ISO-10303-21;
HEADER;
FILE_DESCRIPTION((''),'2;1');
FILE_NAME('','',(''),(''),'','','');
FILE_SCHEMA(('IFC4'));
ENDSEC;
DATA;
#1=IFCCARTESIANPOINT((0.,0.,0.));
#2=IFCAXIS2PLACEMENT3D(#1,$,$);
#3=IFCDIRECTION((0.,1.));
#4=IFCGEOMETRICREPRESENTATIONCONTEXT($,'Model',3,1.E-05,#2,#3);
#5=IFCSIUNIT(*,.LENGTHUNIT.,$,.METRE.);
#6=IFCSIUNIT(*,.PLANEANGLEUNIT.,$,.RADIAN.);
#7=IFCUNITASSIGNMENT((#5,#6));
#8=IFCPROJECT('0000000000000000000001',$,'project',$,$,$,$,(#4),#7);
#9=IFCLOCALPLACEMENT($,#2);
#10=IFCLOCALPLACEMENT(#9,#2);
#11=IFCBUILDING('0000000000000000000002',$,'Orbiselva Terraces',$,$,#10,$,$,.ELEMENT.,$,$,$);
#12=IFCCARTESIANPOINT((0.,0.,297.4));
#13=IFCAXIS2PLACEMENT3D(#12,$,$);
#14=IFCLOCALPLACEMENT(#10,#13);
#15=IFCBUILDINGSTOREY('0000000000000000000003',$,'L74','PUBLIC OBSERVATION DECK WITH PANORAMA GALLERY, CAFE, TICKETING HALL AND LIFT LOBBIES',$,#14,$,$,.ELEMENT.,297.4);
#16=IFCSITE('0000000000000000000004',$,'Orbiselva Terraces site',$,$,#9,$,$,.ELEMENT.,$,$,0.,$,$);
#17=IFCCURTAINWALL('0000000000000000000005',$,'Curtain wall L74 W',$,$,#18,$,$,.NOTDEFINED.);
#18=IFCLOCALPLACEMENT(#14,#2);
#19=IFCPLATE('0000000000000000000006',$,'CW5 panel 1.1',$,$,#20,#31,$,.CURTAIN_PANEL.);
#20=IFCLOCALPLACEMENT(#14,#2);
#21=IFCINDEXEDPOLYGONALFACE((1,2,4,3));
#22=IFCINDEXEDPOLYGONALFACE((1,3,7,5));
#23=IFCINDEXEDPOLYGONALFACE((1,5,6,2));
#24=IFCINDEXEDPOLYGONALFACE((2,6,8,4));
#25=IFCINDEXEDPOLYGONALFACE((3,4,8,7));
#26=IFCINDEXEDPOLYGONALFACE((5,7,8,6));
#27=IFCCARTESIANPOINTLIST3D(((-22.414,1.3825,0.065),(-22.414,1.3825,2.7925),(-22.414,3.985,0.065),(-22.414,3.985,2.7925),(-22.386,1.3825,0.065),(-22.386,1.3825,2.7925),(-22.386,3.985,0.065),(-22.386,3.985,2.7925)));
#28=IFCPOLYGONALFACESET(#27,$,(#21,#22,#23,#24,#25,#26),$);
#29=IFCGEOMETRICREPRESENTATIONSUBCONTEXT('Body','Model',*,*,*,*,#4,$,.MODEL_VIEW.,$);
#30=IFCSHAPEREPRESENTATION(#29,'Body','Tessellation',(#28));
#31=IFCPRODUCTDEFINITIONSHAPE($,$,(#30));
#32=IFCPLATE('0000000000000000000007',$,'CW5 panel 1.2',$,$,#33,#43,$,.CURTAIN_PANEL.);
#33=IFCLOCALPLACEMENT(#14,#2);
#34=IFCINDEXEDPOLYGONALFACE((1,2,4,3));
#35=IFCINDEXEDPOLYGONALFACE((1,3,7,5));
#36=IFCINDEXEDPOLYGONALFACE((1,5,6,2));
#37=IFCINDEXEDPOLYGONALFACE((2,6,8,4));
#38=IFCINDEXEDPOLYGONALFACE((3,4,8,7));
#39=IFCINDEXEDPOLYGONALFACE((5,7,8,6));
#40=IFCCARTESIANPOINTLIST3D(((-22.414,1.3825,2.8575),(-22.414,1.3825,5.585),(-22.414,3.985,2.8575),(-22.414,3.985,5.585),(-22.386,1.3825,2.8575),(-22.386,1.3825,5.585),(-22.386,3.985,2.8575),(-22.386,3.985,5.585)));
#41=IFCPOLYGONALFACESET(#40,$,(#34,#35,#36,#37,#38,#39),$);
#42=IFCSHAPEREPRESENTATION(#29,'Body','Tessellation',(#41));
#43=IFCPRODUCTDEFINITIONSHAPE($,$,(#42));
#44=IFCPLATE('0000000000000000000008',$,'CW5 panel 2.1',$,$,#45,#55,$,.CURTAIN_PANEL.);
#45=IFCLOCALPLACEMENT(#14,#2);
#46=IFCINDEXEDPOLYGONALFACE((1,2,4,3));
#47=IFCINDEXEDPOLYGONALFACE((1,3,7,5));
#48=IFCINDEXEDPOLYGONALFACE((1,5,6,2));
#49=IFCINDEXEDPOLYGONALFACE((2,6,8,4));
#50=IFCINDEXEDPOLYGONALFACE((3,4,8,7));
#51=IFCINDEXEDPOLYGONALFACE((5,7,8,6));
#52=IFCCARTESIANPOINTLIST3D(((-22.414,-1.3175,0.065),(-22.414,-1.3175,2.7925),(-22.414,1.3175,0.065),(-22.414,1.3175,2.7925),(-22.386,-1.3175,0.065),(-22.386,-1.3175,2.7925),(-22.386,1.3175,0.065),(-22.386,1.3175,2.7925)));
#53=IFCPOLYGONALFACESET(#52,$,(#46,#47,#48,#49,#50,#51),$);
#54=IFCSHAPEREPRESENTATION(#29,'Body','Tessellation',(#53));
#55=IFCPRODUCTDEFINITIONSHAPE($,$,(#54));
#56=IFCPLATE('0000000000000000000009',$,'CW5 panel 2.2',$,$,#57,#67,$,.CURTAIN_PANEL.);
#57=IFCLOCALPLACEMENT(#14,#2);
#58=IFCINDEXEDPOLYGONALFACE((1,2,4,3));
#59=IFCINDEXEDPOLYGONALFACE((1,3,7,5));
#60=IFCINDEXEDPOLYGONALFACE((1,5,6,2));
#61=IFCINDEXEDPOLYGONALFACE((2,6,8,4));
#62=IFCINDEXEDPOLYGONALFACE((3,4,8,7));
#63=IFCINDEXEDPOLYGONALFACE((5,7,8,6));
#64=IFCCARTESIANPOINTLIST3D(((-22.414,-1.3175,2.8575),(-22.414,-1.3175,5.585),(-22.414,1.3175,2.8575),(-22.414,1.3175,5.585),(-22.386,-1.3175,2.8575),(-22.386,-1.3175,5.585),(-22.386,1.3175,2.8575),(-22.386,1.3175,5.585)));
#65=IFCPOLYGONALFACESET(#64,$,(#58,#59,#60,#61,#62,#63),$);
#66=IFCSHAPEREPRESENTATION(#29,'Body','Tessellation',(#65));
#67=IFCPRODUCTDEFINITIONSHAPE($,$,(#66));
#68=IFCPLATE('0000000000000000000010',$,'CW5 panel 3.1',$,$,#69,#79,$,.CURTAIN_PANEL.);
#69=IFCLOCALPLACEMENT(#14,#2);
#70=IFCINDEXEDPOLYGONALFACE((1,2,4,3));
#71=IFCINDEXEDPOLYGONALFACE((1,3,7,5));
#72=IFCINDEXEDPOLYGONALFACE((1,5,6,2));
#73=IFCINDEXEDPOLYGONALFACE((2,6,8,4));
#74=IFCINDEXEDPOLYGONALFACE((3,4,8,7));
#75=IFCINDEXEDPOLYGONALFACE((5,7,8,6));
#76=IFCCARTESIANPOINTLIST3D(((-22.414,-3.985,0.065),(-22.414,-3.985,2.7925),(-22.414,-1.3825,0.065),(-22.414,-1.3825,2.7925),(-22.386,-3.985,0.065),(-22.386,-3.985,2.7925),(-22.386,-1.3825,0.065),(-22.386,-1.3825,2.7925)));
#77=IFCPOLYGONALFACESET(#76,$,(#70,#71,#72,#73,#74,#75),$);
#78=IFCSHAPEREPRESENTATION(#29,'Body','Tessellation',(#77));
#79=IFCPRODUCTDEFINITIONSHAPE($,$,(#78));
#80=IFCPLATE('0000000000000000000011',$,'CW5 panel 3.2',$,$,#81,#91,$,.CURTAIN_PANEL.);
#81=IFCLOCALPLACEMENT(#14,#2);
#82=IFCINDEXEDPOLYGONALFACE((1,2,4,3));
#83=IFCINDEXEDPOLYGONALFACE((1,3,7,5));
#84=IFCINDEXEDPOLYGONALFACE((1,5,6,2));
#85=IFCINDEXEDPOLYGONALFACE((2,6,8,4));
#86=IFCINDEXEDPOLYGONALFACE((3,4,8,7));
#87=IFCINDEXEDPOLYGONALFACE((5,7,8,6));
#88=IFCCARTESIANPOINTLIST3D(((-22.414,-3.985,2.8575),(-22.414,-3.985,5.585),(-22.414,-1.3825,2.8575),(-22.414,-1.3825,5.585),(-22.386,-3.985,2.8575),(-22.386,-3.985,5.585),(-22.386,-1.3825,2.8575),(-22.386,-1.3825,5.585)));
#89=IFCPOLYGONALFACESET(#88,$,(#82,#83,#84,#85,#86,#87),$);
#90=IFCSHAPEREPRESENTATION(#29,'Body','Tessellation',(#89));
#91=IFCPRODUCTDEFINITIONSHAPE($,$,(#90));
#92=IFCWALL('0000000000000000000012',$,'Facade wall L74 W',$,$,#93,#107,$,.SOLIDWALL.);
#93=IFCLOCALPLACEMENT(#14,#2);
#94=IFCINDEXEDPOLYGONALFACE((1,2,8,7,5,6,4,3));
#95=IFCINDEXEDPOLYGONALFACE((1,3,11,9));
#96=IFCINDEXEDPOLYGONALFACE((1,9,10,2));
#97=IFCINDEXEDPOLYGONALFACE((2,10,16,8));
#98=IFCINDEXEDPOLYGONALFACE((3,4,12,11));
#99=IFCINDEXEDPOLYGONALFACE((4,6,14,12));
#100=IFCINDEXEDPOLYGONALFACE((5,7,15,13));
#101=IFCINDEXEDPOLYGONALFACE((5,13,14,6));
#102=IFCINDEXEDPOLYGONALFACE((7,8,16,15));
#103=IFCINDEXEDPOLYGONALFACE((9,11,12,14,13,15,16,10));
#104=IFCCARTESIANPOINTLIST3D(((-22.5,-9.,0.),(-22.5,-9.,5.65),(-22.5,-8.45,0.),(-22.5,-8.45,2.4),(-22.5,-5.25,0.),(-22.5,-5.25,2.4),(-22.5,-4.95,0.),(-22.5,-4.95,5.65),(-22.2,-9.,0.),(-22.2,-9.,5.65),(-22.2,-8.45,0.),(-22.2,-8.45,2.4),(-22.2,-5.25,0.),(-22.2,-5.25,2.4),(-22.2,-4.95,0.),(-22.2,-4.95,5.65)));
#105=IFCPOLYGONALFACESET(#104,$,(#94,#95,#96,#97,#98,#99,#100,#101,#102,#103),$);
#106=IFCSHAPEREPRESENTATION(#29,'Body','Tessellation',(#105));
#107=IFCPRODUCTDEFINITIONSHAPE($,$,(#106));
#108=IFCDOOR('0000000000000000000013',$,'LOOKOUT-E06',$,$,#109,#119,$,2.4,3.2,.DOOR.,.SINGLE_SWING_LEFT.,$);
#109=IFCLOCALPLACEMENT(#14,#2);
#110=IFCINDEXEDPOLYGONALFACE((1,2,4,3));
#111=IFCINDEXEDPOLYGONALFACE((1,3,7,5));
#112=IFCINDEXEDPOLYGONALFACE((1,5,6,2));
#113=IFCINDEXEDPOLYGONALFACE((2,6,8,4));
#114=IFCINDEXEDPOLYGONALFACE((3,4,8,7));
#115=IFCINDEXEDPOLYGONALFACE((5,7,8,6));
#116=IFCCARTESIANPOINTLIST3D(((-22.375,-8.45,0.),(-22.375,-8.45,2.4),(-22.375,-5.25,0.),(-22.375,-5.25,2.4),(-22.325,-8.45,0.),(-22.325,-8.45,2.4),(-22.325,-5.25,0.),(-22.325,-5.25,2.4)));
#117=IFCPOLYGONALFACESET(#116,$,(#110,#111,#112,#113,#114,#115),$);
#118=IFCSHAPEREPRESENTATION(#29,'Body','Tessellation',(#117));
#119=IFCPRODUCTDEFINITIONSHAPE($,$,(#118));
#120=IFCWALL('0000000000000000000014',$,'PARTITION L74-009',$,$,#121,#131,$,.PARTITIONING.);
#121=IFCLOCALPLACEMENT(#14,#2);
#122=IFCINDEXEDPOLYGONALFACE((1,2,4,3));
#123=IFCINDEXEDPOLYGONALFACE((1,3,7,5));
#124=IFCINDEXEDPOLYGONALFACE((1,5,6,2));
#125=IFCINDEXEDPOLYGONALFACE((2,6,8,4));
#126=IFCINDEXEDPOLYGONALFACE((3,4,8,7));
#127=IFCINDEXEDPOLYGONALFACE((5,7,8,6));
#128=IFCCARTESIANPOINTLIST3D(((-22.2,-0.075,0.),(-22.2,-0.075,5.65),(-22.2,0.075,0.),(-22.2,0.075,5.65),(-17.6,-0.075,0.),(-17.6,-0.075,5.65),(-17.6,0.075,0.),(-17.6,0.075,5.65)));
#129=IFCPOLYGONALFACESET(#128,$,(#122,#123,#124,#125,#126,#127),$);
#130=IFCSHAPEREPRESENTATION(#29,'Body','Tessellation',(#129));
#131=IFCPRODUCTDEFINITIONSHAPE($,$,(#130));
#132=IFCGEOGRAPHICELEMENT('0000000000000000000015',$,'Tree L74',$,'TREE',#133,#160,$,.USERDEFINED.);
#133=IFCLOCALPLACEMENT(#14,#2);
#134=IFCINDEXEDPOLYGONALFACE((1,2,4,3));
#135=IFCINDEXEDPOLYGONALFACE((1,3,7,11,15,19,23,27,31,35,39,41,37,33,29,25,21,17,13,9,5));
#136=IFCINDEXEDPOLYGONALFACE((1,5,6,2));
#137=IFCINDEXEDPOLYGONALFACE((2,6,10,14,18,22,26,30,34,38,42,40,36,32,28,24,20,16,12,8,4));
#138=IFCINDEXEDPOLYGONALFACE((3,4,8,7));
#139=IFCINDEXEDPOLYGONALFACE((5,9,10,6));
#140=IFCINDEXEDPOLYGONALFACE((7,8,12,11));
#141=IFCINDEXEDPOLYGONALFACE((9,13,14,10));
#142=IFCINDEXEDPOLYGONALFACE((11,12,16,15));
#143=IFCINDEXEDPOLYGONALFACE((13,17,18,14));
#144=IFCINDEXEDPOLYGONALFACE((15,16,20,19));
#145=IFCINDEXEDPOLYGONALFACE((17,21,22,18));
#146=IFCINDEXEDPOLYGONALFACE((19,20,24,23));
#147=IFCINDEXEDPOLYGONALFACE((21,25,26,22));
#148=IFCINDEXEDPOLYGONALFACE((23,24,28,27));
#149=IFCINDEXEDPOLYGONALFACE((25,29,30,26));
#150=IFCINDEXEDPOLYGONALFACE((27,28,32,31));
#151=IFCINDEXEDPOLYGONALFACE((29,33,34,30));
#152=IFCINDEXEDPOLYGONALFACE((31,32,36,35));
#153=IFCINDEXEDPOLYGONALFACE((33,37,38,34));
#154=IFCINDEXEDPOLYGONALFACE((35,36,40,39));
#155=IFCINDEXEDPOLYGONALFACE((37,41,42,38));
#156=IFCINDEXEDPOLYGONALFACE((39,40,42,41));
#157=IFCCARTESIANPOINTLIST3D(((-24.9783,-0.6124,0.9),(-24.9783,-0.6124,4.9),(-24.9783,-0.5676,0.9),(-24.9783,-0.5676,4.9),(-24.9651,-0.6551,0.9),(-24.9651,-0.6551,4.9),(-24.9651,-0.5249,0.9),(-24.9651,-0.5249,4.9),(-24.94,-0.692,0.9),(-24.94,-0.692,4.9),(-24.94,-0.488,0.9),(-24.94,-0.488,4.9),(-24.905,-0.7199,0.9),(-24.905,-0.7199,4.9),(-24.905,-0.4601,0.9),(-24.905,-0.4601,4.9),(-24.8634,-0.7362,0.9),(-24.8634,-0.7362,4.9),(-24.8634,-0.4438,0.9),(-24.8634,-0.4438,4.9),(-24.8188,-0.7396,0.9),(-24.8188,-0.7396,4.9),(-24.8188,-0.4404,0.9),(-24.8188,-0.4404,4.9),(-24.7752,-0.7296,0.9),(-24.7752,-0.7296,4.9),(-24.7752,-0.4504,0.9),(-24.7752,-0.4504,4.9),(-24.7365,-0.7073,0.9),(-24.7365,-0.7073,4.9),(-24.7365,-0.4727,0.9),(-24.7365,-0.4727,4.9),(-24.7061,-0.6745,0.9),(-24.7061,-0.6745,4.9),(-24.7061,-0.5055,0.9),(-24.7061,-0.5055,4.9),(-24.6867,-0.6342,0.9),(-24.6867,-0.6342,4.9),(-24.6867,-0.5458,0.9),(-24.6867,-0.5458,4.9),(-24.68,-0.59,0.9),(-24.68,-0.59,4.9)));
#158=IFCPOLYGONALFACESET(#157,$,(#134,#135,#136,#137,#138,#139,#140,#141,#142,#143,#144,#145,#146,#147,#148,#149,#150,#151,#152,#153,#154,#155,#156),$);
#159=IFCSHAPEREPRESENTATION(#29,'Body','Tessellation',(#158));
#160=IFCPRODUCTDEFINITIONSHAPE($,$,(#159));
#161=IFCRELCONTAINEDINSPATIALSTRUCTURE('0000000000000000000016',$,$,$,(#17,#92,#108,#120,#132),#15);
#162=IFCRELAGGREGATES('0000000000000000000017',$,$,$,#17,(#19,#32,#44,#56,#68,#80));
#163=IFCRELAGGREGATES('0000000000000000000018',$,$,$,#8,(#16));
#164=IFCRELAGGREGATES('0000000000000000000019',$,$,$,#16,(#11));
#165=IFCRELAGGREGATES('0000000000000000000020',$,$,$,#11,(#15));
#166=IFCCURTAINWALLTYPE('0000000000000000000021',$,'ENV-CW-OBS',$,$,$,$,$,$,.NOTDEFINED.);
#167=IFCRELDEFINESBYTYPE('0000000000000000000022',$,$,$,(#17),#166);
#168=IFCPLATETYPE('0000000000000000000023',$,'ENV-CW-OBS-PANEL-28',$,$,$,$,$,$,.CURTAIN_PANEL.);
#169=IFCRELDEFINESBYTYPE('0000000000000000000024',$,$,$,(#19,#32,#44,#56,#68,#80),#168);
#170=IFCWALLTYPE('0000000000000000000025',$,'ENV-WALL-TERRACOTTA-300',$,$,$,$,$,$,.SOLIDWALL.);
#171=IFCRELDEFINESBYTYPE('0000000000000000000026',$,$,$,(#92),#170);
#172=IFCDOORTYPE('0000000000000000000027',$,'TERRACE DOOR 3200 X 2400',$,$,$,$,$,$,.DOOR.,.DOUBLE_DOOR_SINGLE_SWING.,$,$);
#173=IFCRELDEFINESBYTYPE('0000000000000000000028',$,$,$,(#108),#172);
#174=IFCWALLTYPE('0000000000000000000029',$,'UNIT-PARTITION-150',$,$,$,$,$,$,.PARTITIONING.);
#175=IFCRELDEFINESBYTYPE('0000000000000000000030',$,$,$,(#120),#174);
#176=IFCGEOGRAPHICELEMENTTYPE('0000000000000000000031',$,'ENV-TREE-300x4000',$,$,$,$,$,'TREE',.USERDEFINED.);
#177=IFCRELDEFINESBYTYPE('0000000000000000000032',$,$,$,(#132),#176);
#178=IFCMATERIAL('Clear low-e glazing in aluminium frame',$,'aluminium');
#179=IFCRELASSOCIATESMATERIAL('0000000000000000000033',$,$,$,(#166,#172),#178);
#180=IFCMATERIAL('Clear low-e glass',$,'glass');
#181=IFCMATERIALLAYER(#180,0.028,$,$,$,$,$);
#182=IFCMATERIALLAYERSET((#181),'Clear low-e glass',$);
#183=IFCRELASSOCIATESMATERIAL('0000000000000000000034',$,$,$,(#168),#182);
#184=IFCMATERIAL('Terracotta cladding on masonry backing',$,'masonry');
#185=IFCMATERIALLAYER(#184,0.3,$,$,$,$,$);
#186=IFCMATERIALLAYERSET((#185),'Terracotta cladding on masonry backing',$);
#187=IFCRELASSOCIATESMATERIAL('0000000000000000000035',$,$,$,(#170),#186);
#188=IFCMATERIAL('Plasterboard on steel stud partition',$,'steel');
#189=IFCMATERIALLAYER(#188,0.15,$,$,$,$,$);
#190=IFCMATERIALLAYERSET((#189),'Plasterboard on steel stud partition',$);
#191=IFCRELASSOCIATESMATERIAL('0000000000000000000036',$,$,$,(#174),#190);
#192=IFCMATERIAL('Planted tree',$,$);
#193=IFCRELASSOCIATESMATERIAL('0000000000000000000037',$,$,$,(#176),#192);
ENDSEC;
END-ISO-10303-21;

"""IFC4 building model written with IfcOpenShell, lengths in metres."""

from ifc_helpers import new_model, si_unit, direction, frame, frame_2d, origin, origin_2d, place, context, subcontext, project, spatial, rectangle, circle, extrude, material, layer, layer_set, type_object, element, fill, aggregate, save


model = new_model("IFC4")

# Units and contexts
model_context = context("Model", 3, precision=1e-05, world=origin(), true_north=direction((0.0, 1.0)))
body_context = subcontext(model_context, "Body", "Model", "MODEL_VIEW")
ifc_project = project(units=[si_unit("LENGTHUNIT", "METRE"), si_unit("PLANEANGLEUNIT", "RADIAN")], contexts=[model_context])

# Site, building, storey
site_placement = place(None, origin())
site = spatial("IfcSite", under=ifc_project, at=site_placement, Name="Orbiselva Terraces site", CompositionType="ELEMENT", RefElevation=0.0)
building_placement = place(site_placement, origin())
building = spatial("IfcBuilding", under=site, at=building_placement, Name="Orbiselva Terraces", CompositionType="ELEMENT")
storey_placement = place(building_placement, frame((0.0, 0.0, 297.4)))
storey = spatial("IfcBuildingStorey", under=building, at=storey_placement, Name="L74", Description="PUBLIC OBSERVATION DECK WITH PANORAMA GALLERY, CAFE, TICKETING HALL AND LIFT LOBBIES", CompositionType="ELEMENT", Elevation=297.4)

# Curtain wall
ifc_material_1 = material(Name="Clear low-e glazing in aluminium frame", Category="aluminium")
curtain_wall_type = type_object("IfcCurtainWallType", Name="ENV-CW-OBS", PredefinedType="NOTDEFINED", material=ifc_material_1)
curtain_wall_1_placement = place(storey_placement, origin())
curtain_wall_1 = element("IfcCurtainWall", 1, at=curtain_wall_1_placement, inside=storey, type_object=curtain_wall_type, Name="Curtain wall L74 W", PredefinedType="NOTDEFINED")

# Plates
ifc_material_2 = material(Name="Clear low-e glass", Category="glass")
ifc_layer_1 = layer(ifc_material_2, 0.028)
ifc_layer_set_1 = layer_set([ifc_layer_1], Name="Clear low-e glass")
plate_type = type_object("IfcPlateType", Name="ENV-CW-OBS-PANEL-28", PredefinedType="CURTAIN_PANEL", material=ifc_layer_set_1)
plate_1_placement = place(storey_placement, frame((-22.4, 2.6837, 0.065), z_axis=(0.0, 0.0, 1.0), x_axis=(0.0, -1.0, 0.0)))
plate_1 = element("IfcPlate", 2, at=plate_1_placement, type_object=plate_type, Name="CW5 panel 1.1", PredefinedType="CURTAIN_PANEL", context=body_context, shape_type="SweptSolid", body=[
    extrude(rectangle(XDim=2.6025, YDim=0.028, at=origin_2d()), origin(), (0.0, 0.0, 1.0), 2.7275),
])
plate_2_placement = place(storey_placement, frame((-22.4, 2.6837, 2.8575), z_axis=(0.0, 0.0, 1.0), x_axis=(0.0, -1.0, 0.0)))
plate_2 = element("IfcPlate", 3, at=plate_2_placement, type_object=plate_type, Name="CW5 panel 1.2", PredefinedType="CURTAIN_PANEL", context=body_context, shape_type="SweptSolid", body=[
    extrude(rectangle(XDim=2.6025, YDim=0.028, at=origin_2d()), origin(), (0.0, 0.0, 1.0), 2.7275),
])
plate_3_placement = place(storey_placement, frame((-22.4, 0.0, 0.065), z_axis=(0.0, 0.0, 1.0), x_axis=(0.0, -1.0, 0.0)))
plate_3 = element("IfcPlate", 4, at=plate_3_placement, type_object=plate_type, Name="CW5 panel 2.1", PredefinedType="CURTAIN_PANEL", context=body_context, shape_type="SweptSolid", body=[
    extrude(rectangle(XDim=2.635, YDim=0.028, at=origin_2d()), origin(), (0.0, 0.0, 1.0), 2.7275),
])
plate_4_placement = place(storey_placement, frame((-22.4, 0.0, 2.8575), z_axis=(0.0, 0.0, 1.0), x_axis=(0.0, -1.0, 0.0)))
plate_4 = element("IfcPlate", 5, at=plate_4_placement, type_object=plate_type, Name="CW5 panel 2.2", PredefinedType="CURTAIN_PANEL", context=body_context, shape_type="SweptSolid", body=[
    extrude(rectangle(XDim=2.635, YDim=0.028, at=origin_2d()), origin(), (0.0, 0.0, 1.0), 2.7275),
])
plate_5_placement = place(storey_placement, frame((-22.4, -2.6837, 0.065), z_axis=(0.0, 0.0, 1.0), x_axis=(0.0, -1.0, 0.0)))
plate_5 = element("IfcPlate", 6, at=plate_5_placement, type_object=plate_type, Name="CW5 panel 3.1", PredefinedType="CURTAIN_PANEL", context=body_context, shape_type="SweptSolid", body=[
    extrude(rectangle(XDim=2.6025, YDim=0.028, at=origin_2d()), origin(), (0.0, 0.0, 1.0), 2.7275),
])
plate_6_placement = place(storey_placement, frame((-22.4, -2.6837, 2.8575), z_axis=(0.0, 0.0, 1.0), x_axis=(0.0, -1.0, 0.0)))
plate_6 = element("IfcPlate", 7, at=plate_6_placement, type_object=plate_type, Name="CW5 panel 3.2", PredefinedType="CURTAIN_PANEL", context=body_context, shape_type="SweptSolid", body=[
    extrude(rectangle(XDim=2.6025, YDim=0.028, at=origin_2d()), origin(), (0.0, 0.0, 1.0), 2.7275),
])
aggregate(curtain_wall_1, [plate_1, plate_2, plate_3, plate_4, plate_5, plate_6])

# Wall, opening, door
ifc_material_3 = material(Name="Terracotta cladding on masonry backing", Category="masonry")
ifc_layer_2 = layer(ifc_material_3, 0.3)
ifc_layer_set_2 = layer_set([ifc_layer_2], Name="Terracotta cladding on masonry backing")
wall_type_1 = type_object("IfcWallType", Name="ENV-WALL-TERRACOTTA-300", PredefinedType="SOLIDWALL", material=ifc_layer_set_2)
wall_1_placement = place(storey_placement, frame((-22.35, -9.0, 0.0), z_axis=(0.0, 0.0, 1.0), x_axis=(0.0, 1.0, 0.0)))
wall_1 = element("IfcWall", 8, at=wall_1_placement, inside=storey, type_object=wall_type_1, Name="Facade wall L74 W", PredefinedType="SOLIDWALL", context=body_context, shape_type="SweptSolid", body=[
    extrude(rectangle(XDim=4.05, YDim=0.3, at=frame_2d((2.025, 0.0))), origin(), (0.0, 0.0, 1.0), 5.65),
])
opening_placement = place(wall_1_placement, frame((0.55, 0.0, 0.0)))
opening = element("IfcOpeningElement", 9, at=opening_placement, cuts=wall_1, PredefinedType="OPENING", context=body_context, shape_type="SweptSolid", body=[
    extrude(rectangle(XDim=3.2, YDim=2.4, at=frame_2d((1.6, 1.2))), frame((0.0, 0.16, 0.0), z_axis=(0.0, -1.0, 0.0), x_axis=(1.0, 0.0, 0.0)), (0.0, 0.0, 1.0), 0.32),
])
door_type = type_object("IfcDoorType", Name="TERRACE DOOR 3200 X 2400", OperationType="DOUBLE_DOOR_SINGLE_SWING", PredefinedType="DOOR", material=ifc_material_1)
door_placement = place(opening_placement, origin())
door = element("IfcDoor", 10, at=door_placement, inside=storey, type_object=door_type, Name="LOOKOUT-E06", OperationType="SINGLE_SWING_LEFT", OverallHeight=2.4, OverallWidth=3.2, PredefinedType="DOOR", context=body_context, shape_type="SweptSolid", body=[
    extrude(rectangle(XDim=3.2, YDim=2.4, at=frame_2d((1.6, 1.2))), frame((0.0, 0.025, 0.0), z_axis=(0.0, -1.0, 0.0), x_axis=(1.0, 0.0, 0.0)), (0.0, 0.0, 1.0), 0.05),
])
fill(opening, door)

# Wall
ifc_material_4 = material(Name="Plasterboard on steel stud partition", Category="steel")
ifc_layer_3 = layer(ifc_material_4, 0.15)
ifc_layer_set_3 = layer_set([ifc_layer_3], Name="Plasterboard on steel stud partition")
wall_type_2 = type_object("IfcWallType", Name="UNIT-PARTITION-150", PredefinedType="PARTITIONING", material=ifc_layer_set_3)
wall_2_placement = place(storey_placement, frame((-22.2, 0.0, 0.0), z_axis=(0.0, 0.0, 1.0), x_axis=(1.0, 0.0, 0.0)))
element("IfcWall", 11, at=wall_2_placement, inside=storey, type_object=wall_type_2, Name="PARTITION L74-009", PredefinedType="PARTITIONING", context=body_context, shape_type="SweptSolid", body=[
    extrude(rectangle(XDim=4.6, YDim=0.15, at=frame_2d((2.3, 0.0))), origin(), (0.0, 0.0, 1.0), 5.65),
])

# Geographic element
ifc_material_5 = material(Name="Planted tree")
geographic_element_type = type_object("IfcGeographicElementType", Name="ENV-TREE-300x4000", ElementType="TREE", PredefinedType="USERDEFINED", material=ifc_material_5)
geographic_element_placement = place(storey_placement, frame((-24.83, -0.59, 4.9), z_axis=(0.0, 0.0, -1.0), x_axis=(1.0, 0.0, 0.0)))
element("IfcGeographicElement", 12, at=geographic_element_placement, inside=storey, type_object=geographic_element_type, Name="Tree L74", ObjectType="TREE", PredefinedType="USERDEFINED", context=body_context, shape_type="SweptSolid", body=[
    extrude(circle(Radius=0.15, at=origin_2d()), origin(), (0.0, 0.0, 1.0), 4.0),
])

save(model, "model.ifc")
